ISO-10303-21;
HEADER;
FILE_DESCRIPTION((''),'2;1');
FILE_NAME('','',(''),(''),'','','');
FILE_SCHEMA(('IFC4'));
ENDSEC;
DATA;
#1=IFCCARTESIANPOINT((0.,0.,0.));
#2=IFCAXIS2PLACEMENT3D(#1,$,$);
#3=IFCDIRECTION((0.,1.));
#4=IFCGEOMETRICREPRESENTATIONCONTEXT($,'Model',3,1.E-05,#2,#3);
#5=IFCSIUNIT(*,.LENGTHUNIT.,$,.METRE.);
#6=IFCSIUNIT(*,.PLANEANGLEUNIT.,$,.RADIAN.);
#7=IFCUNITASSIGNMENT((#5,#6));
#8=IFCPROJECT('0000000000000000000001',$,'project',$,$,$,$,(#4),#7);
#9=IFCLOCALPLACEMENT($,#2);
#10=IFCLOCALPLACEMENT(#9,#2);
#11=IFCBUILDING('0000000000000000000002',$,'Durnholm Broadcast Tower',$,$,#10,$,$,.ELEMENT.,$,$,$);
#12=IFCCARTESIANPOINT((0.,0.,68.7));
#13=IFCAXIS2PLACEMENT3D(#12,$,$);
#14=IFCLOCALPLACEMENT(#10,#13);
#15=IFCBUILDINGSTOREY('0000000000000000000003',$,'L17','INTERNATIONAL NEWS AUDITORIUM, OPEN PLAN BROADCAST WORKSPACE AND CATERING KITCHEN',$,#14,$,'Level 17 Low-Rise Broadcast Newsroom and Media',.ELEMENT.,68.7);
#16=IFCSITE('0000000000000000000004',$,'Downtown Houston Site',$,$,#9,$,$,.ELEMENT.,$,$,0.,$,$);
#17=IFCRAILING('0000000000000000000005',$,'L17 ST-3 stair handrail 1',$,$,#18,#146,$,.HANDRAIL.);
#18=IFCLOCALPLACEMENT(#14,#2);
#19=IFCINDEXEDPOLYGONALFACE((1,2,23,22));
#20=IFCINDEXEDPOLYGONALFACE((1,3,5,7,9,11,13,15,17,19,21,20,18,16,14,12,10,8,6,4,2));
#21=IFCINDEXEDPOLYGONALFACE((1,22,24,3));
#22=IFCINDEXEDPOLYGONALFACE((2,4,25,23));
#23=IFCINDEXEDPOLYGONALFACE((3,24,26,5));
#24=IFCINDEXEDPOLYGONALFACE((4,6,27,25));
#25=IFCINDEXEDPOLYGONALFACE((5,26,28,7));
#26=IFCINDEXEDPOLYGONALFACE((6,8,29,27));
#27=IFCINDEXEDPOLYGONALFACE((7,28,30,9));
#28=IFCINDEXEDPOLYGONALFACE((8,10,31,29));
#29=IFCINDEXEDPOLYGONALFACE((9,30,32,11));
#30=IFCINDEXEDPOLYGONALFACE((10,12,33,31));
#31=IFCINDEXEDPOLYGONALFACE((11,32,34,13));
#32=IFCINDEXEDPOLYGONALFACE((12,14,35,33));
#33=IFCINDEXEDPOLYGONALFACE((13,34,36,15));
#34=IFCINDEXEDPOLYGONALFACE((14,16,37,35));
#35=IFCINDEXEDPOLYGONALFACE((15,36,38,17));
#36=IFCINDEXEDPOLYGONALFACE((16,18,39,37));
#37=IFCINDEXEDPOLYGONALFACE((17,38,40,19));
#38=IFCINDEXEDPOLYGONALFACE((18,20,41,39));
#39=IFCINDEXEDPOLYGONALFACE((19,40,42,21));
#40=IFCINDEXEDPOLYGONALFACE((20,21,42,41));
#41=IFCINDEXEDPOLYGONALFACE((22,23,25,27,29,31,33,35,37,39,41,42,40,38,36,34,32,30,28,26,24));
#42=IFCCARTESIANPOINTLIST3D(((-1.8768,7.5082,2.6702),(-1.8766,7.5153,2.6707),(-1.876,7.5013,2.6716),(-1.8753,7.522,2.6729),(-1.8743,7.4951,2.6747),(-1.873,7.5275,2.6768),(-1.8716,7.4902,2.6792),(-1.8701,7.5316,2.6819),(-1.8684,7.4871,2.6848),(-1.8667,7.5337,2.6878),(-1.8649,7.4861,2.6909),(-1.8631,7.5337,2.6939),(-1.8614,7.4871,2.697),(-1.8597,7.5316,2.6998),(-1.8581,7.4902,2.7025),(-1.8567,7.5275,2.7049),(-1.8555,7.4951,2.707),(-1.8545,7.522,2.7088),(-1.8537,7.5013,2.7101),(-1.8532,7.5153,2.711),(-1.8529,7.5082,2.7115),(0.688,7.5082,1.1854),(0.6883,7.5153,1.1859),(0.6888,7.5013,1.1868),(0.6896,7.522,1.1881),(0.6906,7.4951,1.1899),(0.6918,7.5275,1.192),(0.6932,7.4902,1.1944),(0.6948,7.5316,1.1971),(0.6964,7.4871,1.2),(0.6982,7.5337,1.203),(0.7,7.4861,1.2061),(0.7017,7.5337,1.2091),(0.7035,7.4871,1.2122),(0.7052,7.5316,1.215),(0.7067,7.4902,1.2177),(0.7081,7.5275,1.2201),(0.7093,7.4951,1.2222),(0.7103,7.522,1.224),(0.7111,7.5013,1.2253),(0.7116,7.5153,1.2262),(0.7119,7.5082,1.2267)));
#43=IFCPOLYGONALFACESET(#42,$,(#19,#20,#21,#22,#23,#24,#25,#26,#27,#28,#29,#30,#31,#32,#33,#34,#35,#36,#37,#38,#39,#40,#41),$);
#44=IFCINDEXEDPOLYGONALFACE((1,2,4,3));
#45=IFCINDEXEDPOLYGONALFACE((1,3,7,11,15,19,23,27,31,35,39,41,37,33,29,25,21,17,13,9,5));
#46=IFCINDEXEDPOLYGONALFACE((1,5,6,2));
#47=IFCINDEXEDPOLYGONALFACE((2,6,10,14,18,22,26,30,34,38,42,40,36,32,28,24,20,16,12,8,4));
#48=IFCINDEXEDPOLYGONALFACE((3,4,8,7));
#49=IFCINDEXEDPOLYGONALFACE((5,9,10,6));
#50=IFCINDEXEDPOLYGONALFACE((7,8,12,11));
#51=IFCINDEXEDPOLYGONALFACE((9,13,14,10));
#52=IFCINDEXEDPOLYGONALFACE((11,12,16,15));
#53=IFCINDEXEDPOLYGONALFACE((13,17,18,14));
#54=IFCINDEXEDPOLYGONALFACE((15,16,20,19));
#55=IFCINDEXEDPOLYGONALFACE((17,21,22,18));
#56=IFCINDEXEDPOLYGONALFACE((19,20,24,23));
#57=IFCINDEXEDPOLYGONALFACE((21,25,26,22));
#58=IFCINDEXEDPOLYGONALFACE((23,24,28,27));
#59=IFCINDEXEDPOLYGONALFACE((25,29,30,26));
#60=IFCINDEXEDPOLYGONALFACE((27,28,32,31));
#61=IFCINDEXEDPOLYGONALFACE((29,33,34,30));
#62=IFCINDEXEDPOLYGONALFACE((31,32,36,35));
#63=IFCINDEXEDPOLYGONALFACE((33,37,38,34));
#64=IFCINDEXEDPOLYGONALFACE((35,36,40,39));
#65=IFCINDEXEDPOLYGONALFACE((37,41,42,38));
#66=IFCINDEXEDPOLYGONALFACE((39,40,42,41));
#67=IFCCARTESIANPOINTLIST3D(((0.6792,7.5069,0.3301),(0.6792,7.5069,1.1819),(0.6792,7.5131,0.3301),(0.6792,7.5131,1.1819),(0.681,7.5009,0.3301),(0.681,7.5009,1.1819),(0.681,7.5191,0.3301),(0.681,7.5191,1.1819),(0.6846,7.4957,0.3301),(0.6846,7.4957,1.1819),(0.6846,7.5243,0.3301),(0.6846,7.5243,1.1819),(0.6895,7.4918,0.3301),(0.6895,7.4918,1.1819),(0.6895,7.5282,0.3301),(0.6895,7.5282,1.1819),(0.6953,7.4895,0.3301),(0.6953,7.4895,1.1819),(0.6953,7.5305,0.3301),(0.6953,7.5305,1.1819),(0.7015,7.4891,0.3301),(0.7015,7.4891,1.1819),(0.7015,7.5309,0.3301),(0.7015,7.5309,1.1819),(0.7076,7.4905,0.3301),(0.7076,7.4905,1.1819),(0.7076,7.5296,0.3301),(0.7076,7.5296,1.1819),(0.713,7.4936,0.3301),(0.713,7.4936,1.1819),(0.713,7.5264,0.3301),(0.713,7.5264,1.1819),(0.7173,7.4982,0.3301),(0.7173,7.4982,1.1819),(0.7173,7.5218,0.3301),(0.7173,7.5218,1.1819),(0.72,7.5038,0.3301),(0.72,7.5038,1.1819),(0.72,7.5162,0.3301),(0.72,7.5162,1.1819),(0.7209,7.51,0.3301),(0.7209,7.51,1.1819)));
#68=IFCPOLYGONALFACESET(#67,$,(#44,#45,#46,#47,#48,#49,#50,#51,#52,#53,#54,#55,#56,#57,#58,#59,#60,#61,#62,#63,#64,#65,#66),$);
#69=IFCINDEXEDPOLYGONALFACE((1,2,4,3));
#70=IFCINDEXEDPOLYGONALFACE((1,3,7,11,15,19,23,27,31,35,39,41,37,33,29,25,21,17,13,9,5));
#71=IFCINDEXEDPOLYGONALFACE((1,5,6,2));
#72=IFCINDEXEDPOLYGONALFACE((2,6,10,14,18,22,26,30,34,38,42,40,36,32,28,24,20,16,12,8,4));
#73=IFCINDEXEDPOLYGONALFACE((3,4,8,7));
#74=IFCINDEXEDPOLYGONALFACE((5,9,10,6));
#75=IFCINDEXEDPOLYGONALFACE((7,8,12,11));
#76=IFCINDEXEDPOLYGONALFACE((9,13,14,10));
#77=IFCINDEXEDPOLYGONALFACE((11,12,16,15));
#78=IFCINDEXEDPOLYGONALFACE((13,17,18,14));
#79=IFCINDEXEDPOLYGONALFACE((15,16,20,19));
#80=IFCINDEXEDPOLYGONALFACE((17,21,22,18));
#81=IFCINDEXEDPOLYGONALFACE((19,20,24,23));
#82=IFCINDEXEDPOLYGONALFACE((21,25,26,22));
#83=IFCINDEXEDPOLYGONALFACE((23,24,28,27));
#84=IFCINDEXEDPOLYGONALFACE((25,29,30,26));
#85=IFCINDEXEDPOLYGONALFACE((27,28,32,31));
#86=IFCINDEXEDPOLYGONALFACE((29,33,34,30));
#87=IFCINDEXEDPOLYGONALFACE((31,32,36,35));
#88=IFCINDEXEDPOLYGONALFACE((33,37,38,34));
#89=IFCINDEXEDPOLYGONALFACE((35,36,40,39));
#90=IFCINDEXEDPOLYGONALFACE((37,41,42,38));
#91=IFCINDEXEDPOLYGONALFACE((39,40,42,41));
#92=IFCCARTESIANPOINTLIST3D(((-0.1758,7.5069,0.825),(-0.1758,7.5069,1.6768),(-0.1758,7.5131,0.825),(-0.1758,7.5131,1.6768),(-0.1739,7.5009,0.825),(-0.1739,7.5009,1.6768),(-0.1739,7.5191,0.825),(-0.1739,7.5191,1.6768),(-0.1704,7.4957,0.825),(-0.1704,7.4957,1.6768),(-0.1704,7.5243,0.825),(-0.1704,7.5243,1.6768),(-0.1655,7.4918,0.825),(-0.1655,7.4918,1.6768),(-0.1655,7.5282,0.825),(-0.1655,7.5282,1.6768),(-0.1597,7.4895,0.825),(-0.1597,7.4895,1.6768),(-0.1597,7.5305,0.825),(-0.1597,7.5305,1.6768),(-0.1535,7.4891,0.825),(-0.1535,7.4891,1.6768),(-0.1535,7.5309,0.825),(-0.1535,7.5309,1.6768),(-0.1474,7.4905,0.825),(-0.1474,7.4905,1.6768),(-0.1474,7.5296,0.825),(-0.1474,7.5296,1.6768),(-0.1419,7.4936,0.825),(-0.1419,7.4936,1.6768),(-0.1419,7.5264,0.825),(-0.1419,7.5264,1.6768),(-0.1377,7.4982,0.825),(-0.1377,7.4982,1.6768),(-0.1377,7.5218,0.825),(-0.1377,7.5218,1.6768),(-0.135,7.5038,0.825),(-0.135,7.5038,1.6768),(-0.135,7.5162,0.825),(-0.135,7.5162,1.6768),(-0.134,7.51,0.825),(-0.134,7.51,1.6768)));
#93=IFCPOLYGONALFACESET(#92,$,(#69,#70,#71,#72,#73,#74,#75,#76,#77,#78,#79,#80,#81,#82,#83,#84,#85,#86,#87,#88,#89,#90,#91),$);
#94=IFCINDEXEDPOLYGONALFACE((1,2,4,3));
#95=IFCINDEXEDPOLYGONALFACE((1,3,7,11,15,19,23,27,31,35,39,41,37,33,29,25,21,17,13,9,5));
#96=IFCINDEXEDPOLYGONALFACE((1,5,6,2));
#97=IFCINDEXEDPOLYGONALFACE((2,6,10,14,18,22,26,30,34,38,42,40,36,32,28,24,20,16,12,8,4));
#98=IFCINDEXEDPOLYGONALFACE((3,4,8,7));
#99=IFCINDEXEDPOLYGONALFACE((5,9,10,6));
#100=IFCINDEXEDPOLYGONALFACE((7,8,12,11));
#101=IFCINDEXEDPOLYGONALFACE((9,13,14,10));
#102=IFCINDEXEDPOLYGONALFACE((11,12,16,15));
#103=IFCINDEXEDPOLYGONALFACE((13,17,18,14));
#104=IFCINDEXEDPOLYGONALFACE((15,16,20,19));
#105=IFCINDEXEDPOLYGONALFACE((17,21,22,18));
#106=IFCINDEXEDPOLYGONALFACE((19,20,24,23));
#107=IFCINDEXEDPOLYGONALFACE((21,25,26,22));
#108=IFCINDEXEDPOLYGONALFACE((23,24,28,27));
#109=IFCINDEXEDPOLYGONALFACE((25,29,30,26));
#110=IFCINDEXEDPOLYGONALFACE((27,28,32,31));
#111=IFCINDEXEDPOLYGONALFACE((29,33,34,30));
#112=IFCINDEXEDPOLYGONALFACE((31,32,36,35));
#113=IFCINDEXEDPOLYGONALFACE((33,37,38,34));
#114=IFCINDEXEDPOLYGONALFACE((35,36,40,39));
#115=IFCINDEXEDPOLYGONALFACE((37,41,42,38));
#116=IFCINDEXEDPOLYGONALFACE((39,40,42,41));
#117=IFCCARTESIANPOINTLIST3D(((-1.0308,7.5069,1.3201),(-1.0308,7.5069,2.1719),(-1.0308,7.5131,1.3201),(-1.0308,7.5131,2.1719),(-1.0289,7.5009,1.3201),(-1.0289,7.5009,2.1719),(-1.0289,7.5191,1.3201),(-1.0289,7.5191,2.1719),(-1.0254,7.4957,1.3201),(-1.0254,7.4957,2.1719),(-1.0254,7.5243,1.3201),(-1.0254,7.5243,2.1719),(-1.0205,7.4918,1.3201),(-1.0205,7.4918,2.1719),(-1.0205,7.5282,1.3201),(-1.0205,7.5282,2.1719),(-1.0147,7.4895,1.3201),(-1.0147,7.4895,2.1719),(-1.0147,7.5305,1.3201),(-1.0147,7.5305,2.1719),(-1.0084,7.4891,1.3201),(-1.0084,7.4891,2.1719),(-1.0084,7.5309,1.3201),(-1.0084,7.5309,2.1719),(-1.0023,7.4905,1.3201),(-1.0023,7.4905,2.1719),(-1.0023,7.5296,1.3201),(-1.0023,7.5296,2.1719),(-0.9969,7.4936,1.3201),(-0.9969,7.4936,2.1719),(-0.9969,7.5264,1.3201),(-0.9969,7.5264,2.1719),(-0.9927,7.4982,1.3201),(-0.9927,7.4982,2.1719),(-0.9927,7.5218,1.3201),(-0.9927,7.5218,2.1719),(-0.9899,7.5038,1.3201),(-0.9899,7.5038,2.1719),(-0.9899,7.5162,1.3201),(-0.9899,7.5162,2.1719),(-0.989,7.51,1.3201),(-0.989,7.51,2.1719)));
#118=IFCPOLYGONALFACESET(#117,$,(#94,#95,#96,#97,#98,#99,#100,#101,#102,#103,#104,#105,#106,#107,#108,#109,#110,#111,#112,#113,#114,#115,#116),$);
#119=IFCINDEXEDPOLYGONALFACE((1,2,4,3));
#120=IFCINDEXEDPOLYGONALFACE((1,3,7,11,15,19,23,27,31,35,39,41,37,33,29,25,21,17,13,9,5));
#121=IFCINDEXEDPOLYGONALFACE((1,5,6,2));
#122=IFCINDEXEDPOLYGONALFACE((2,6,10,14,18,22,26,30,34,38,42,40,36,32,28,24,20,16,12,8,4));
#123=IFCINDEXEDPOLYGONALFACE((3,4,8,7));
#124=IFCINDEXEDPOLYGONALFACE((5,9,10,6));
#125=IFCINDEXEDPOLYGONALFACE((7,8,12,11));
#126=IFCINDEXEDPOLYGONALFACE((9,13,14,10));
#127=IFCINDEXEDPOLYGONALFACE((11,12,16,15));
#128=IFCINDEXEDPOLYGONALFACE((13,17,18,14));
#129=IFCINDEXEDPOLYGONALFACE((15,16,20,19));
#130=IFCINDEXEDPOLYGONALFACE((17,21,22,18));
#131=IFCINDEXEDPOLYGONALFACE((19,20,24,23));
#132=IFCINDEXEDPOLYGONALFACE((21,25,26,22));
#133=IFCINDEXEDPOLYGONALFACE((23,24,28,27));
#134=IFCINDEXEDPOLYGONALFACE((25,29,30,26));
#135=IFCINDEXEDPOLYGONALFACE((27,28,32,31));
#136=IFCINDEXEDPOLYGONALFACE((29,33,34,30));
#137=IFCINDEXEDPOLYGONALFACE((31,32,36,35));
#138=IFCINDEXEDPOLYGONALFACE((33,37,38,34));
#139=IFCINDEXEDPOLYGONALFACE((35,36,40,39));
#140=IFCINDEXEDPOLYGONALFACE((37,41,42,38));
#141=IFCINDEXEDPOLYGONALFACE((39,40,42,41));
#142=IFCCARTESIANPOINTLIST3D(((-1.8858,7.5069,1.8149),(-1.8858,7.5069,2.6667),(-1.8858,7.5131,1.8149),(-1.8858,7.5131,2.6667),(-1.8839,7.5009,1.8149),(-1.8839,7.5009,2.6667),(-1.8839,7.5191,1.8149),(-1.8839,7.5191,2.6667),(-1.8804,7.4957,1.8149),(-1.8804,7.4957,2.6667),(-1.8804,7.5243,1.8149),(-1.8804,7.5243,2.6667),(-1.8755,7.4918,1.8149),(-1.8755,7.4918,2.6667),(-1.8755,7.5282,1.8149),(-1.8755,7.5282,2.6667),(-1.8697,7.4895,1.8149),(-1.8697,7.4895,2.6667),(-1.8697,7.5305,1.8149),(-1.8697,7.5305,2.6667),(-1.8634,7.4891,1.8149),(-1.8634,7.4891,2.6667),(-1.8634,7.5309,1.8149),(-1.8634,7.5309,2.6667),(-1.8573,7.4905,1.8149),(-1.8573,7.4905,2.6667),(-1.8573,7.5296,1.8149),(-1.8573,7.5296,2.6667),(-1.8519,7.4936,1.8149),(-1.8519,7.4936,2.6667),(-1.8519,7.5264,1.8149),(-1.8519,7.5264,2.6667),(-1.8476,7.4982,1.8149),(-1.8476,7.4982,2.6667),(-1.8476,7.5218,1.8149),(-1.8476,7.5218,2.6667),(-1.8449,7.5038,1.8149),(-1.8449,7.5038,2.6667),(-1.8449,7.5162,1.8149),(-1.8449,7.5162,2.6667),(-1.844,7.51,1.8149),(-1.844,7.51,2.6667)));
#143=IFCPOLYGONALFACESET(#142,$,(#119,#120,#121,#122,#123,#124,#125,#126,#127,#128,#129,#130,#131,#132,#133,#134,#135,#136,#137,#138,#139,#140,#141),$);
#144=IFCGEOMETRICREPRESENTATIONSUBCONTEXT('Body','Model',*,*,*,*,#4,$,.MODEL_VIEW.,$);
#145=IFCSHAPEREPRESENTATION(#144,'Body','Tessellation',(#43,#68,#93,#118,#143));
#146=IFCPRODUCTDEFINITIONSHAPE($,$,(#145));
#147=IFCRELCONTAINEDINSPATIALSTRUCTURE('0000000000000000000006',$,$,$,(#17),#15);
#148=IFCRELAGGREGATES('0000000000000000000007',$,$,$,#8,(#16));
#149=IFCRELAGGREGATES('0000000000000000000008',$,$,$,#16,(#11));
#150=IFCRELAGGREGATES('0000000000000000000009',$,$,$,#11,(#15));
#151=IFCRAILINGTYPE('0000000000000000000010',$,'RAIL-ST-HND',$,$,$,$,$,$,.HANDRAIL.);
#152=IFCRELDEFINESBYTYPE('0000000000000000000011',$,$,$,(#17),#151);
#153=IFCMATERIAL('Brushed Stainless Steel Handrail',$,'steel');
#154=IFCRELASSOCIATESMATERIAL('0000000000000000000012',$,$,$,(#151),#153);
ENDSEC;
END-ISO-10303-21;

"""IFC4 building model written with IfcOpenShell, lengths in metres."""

from ifc_helpers import new_model, si_unit, direction, frame, origin, origin_2d, place, context, subcontext, project, spatial, circle, extrude, material, type_object, element, save


model = new_model("IFC4")

# Units and contexts
model_context = context("Model", 3, precision=1e-05, world=origin(), true_north=direction((0.0, 1.0)))
body_context = subcontext(model_context, "Body", "Model", "MODEL_VIEW")
ifc_project = project(units=[si_unit("LENGTHUNIT", "METRE"), si_unit("PLANEANGLEUNIT", "RADIAN")], contexts=[model_context])

# Site, building, storey
site_placement = place(None, origin())
site = spatial("IfcSite", under=ifc_project, at=site_placement, Name="Downtown Houston Site", CompositionType="ELEMENT", RefElevation=0.0)
building_placement = place(site_placement, origin())
building = spatial("IfcBuilding", under=site, at=building_placement, Name="Durnholm Broadcast Tower", CompositionType="ELEMENT")
storey_placement = place(building_placement, frame((0.0, 0.0, 68.7)))
storey = spatial("IfcBuildingStorey", under=building, at=storey_placement, Name="L17", Description="INTERNATIONAL NEWS AUDITORIUM, OPEN PLAN BROADCAST WORKSPACE AND CATERING KITCHEN", LongName="Level 17 Low-Rise Broadcast Newsroom and Media", CompositionType="ELEMENT", Elevation=68.7)

# Railing
ifc_material_1 = material(Name="Brushed Stainless Steel Handrail", Category="steel")
railing_type_1 = type_object("IfcRailingType", Name="RAIL-ST-HND", PredefinedType="HANDRAIL", material=ifc_material_1)
railing_1_placement = place(storey_placement, frame((0.7, 7.51, 0.3301)))
element("IfcRailing", 1, at=railing_1_placement, inside=storey, type_object=railing_type_1, Name="L17 ST-3 stair handrail 1", PredefinedType="HANDRAIL", context=body_context, shape_type="SweptSolid", body=[
    extrude(circle(Radius=0.0239, at=origin_2d()), frame((0.0, 0.0, 0.876), z_axis=(-0.865441, 0.0, 0.50101), x_axis=(0.0, -1.0, 0.0)), (0.0, 0.0, 1.0), 2.9636),
    extrude(circle(Radius=0.021, at=origin_2d()), origin(), (0.0, 0.0, 1.0), 0.8518),
    extrude(circle(Radius=0.021, at=origin_2d()), frame((-0.855, 0.0, 0.4949)), (0.0, 0.0, 1.0), 0.8518),
    extrude(circle(Radius=0.021, at=origin_2d()), frame((-1.71, 0.0, 0.99)), (0.0, 0.0, 1.0), 0.8518),
    extrude(circle(Radius=0.021, at=origin_2d()), frame((-2.5649, 0.0, 1.4849)), (0.0, 0.0, 1.0), 0.8518),
])

save(model, "model.ifc")
